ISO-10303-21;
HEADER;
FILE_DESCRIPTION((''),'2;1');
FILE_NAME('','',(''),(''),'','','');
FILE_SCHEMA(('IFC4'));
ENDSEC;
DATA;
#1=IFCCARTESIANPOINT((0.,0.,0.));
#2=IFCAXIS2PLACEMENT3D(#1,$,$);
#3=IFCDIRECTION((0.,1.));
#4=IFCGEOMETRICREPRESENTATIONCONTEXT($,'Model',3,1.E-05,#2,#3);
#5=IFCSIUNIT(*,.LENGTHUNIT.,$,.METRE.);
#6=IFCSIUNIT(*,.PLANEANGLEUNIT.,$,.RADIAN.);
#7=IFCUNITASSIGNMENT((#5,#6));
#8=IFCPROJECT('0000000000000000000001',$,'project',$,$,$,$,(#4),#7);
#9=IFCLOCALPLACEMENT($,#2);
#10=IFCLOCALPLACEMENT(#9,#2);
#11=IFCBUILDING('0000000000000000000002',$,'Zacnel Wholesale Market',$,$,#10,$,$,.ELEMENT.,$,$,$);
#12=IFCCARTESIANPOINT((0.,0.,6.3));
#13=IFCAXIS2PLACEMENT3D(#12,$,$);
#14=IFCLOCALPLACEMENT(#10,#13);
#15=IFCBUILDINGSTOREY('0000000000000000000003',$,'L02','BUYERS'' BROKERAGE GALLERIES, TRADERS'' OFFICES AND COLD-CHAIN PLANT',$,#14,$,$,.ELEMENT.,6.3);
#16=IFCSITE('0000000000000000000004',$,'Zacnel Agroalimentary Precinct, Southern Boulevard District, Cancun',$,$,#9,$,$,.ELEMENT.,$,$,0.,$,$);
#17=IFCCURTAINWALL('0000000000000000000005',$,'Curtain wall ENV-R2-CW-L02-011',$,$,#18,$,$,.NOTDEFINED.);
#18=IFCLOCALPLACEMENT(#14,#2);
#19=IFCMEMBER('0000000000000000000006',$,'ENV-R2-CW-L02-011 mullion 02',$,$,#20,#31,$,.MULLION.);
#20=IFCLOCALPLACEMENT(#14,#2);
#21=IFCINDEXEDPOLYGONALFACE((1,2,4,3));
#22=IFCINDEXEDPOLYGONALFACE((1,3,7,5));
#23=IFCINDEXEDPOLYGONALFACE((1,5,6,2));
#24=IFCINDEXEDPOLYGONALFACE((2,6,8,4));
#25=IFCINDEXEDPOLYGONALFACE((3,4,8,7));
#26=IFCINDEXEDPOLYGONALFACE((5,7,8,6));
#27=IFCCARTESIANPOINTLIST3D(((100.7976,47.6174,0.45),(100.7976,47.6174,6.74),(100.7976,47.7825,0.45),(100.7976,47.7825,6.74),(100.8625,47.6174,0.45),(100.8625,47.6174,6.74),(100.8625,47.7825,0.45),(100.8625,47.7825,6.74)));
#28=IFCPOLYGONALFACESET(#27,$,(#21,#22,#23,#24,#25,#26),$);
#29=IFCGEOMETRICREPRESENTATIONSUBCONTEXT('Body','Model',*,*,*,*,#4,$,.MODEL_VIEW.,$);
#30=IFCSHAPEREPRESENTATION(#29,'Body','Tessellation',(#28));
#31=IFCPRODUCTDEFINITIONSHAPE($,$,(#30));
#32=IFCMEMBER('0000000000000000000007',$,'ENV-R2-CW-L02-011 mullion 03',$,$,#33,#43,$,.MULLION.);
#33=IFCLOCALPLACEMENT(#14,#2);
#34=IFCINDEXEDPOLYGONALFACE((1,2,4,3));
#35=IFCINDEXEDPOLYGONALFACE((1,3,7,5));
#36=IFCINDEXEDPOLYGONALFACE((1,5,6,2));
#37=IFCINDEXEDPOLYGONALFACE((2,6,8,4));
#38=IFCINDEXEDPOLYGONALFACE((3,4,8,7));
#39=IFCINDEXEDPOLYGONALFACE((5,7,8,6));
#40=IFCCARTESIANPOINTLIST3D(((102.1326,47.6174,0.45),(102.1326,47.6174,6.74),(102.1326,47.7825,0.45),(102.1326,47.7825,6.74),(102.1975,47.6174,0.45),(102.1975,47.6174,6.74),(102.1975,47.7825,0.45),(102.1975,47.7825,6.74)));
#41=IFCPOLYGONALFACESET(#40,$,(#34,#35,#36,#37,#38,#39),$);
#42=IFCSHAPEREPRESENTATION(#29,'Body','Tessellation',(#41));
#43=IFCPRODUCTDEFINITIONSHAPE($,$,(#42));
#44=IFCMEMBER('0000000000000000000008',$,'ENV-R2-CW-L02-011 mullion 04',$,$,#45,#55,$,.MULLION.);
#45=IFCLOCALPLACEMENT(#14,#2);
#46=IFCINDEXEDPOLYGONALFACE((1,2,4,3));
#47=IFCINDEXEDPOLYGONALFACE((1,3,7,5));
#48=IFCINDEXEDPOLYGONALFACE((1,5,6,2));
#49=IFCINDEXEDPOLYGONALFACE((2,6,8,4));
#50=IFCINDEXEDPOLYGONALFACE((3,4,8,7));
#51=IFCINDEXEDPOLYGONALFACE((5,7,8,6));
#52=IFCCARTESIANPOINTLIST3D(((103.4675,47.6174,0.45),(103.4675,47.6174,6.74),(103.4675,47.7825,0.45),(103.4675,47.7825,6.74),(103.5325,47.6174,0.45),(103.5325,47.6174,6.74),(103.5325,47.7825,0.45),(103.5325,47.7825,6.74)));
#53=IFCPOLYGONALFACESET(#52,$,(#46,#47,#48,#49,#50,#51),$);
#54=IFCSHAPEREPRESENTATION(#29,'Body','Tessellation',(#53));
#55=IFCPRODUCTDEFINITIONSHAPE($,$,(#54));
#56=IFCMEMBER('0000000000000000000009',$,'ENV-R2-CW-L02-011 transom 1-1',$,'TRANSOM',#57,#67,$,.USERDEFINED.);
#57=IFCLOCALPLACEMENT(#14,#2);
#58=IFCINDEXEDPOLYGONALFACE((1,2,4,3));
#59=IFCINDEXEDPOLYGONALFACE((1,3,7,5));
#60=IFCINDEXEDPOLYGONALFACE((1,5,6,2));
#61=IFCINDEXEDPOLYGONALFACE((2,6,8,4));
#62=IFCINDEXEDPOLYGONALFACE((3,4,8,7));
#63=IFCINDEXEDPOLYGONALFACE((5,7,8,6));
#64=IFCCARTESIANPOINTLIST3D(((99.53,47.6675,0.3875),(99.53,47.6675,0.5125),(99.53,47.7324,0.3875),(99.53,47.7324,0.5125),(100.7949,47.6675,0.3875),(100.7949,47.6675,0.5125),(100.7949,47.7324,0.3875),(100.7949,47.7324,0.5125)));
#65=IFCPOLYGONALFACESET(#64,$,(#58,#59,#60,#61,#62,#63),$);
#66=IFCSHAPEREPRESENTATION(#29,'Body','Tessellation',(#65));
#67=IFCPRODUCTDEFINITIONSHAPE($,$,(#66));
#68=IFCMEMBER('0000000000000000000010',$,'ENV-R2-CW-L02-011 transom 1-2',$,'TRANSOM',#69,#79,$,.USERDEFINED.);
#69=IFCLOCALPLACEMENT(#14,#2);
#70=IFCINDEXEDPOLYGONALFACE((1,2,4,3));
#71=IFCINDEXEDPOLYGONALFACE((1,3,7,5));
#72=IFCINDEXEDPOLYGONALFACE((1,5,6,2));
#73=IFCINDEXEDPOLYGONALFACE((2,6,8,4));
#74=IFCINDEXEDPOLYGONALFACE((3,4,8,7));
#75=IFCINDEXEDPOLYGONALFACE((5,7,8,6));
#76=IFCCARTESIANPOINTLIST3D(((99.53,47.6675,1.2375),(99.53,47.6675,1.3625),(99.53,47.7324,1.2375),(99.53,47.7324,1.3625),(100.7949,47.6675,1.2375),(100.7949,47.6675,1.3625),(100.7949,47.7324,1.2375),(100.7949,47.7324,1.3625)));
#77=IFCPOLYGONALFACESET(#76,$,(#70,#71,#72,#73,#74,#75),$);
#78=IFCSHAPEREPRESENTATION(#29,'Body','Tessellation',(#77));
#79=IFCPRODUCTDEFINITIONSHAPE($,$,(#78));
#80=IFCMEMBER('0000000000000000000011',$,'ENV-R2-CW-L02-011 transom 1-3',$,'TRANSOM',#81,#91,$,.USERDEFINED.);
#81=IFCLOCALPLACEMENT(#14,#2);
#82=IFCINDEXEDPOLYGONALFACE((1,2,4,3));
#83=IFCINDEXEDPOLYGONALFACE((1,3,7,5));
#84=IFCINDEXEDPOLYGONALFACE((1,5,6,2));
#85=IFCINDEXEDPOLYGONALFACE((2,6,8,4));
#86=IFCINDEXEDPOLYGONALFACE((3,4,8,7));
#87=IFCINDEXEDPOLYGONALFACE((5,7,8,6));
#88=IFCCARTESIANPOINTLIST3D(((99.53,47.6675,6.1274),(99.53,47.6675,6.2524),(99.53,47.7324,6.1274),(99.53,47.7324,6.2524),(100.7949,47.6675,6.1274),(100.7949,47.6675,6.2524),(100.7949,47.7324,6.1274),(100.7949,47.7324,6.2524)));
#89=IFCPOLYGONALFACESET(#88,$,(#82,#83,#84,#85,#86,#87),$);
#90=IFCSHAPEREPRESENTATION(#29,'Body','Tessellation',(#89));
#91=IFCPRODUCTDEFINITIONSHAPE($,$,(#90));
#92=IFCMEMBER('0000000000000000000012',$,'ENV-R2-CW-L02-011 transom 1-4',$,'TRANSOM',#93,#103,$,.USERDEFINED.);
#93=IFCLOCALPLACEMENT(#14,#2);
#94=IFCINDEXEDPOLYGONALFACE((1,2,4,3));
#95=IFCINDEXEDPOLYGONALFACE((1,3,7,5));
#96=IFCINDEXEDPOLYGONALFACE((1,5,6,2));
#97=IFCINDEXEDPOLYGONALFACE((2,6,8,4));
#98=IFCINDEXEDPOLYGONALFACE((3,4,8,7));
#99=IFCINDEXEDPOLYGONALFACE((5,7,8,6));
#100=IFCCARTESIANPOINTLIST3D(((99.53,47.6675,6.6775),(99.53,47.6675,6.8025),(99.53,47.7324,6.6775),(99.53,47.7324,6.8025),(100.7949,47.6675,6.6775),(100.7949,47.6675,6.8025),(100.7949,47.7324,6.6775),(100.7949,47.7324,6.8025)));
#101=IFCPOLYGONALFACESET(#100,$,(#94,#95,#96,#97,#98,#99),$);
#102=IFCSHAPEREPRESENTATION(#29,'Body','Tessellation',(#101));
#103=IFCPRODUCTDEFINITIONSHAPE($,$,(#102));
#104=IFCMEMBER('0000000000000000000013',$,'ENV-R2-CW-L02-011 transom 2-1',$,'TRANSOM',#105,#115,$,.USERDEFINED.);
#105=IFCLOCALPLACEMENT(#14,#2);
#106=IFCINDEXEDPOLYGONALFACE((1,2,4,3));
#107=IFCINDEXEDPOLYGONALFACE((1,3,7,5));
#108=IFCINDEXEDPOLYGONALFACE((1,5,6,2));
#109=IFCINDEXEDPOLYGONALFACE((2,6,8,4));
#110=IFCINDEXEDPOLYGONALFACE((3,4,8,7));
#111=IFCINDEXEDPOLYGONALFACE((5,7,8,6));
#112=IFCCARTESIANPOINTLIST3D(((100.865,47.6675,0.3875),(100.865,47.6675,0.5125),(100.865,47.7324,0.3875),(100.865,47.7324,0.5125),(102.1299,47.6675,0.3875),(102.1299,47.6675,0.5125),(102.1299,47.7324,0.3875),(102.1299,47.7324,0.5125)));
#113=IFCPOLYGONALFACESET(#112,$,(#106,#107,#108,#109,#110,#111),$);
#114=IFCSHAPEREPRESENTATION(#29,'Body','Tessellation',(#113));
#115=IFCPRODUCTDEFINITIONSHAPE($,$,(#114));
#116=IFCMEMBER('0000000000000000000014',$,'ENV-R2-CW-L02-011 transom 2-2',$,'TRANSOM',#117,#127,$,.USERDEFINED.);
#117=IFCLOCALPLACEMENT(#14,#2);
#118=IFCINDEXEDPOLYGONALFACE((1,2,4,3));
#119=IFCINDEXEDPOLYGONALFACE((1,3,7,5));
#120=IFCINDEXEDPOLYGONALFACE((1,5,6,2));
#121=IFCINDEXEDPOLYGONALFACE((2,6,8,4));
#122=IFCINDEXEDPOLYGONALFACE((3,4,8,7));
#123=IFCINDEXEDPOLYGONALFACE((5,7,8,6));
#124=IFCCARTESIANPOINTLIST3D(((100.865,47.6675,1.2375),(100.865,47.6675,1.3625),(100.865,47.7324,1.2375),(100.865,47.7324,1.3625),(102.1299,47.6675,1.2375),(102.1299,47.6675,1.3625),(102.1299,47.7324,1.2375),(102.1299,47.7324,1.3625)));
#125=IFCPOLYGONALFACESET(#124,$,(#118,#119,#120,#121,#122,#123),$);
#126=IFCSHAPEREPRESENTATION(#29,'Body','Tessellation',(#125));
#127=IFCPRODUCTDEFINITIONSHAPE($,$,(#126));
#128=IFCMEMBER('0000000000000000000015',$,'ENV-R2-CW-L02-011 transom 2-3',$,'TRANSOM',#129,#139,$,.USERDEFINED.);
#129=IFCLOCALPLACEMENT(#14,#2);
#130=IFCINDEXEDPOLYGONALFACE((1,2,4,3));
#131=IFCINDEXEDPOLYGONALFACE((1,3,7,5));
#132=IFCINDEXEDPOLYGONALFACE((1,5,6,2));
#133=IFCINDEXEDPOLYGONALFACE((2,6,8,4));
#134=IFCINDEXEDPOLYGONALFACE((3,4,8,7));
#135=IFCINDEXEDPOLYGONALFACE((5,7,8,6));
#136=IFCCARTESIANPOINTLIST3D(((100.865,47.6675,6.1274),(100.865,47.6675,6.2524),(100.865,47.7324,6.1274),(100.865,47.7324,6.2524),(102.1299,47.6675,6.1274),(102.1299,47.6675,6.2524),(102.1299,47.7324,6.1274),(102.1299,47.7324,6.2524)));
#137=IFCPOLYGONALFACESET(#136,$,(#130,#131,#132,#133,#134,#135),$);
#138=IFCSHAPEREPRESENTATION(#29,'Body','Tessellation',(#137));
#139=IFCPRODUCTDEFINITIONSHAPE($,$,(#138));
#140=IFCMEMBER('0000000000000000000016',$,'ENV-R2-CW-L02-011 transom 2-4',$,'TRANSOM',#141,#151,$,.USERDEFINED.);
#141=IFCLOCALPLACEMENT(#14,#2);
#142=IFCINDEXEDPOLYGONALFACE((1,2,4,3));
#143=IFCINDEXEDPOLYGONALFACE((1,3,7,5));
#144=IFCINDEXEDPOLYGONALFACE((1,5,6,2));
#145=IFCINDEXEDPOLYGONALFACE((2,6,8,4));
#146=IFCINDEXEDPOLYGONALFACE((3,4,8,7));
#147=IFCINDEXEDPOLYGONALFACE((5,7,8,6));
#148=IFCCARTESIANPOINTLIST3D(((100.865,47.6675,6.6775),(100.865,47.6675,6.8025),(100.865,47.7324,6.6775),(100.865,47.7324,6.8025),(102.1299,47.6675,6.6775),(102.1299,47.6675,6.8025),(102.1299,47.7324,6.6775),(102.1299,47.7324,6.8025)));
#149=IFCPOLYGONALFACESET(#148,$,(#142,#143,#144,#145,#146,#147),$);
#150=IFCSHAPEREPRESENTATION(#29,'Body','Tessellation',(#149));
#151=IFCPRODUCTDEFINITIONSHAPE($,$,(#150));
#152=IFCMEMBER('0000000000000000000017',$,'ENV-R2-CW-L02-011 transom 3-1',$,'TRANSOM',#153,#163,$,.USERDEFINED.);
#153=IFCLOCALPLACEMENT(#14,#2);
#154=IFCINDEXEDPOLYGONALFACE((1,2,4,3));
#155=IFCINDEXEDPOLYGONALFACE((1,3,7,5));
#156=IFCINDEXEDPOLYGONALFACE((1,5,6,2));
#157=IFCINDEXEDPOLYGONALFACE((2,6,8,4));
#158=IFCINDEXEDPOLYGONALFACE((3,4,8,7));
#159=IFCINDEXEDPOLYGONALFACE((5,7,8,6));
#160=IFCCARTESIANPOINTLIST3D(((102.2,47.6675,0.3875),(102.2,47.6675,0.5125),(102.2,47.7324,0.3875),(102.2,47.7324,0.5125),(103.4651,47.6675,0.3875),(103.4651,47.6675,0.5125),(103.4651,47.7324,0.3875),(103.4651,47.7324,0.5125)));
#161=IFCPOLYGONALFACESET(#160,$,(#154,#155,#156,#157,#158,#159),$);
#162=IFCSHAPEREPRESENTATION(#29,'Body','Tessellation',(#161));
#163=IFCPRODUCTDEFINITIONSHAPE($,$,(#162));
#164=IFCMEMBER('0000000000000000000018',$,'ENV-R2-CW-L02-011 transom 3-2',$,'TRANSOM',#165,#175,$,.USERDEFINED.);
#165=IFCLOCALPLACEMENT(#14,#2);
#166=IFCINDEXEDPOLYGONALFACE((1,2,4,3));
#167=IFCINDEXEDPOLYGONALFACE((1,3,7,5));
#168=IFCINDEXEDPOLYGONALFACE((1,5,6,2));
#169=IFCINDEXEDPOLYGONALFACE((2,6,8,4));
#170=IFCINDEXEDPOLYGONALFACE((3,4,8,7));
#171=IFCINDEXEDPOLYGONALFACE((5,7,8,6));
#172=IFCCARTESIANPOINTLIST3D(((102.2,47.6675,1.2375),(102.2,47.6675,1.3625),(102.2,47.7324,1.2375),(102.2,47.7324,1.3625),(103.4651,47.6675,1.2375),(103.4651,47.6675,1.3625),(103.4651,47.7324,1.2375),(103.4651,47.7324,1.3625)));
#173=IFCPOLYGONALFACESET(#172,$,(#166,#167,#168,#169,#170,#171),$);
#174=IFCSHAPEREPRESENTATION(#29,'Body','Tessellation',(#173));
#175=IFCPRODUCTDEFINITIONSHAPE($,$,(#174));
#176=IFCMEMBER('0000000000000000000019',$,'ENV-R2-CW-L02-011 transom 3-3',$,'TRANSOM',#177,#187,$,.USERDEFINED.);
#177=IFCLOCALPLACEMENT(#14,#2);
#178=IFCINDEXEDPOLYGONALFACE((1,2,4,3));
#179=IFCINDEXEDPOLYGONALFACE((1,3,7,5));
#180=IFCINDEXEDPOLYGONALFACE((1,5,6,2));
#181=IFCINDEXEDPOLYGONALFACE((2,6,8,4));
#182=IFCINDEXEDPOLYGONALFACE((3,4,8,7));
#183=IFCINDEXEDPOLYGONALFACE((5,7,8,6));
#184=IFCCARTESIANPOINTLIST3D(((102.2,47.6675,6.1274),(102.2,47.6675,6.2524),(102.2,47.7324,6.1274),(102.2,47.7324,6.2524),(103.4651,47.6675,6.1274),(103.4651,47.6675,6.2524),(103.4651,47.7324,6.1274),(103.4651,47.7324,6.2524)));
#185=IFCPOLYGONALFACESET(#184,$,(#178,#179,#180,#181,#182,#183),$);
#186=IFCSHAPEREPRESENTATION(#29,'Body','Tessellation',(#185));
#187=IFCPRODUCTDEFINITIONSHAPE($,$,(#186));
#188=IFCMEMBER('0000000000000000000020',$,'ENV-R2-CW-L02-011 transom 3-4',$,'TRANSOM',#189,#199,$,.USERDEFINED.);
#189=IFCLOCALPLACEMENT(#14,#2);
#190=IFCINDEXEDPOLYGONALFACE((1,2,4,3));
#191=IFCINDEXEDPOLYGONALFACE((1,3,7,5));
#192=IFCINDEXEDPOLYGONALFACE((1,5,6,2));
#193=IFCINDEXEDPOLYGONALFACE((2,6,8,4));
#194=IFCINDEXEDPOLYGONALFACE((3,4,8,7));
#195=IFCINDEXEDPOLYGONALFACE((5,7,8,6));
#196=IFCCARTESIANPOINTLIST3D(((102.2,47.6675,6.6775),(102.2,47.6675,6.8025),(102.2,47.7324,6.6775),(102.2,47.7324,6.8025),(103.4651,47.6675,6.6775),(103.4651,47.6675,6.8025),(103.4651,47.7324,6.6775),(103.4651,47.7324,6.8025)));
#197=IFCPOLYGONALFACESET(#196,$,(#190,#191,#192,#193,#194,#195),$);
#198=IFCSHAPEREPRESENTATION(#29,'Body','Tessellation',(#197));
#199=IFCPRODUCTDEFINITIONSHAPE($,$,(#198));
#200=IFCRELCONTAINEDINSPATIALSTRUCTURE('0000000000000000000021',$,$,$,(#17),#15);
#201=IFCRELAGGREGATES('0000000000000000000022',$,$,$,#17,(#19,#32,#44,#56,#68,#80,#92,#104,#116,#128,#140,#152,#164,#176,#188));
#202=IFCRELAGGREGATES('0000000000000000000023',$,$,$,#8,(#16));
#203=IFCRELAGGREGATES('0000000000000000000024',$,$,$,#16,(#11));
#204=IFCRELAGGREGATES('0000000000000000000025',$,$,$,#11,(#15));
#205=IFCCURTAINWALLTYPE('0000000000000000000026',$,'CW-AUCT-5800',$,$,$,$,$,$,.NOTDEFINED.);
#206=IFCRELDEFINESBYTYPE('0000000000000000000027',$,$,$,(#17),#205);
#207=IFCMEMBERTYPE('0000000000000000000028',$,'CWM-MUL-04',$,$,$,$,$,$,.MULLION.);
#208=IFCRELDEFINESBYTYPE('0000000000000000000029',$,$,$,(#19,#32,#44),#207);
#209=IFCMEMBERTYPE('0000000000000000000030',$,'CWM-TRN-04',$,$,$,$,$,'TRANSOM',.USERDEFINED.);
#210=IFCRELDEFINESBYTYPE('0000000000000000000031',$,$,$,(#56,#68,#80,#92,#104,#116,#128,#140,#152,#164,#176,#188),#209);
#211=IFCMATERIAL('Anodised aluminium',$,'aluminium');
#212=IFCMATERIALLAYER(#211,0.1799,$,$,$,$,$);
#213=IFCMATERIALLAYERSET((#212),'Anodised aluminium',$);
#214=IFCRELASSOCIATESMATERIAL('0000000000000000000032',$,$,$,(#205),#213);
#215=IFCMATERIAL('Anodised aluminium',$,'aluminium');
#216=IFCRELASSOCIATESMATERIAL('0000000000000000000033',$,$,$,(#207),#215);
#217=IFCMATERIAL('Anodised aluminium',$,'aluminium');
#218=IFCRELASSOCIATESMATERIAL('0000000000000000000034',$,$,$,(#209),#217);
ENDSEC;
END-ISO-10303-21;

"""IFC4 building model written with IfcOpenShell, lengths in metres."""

from ifc_helpers import new_model, si_unit, direction, frame, origin, origin_2d, place, context, subcontext, project, spatial, rectangle, extrude, material, layer, layer_set, material_profile, profile_set, type_object, element, aggregate, save


model = new_model("IFC4")

# Units and contexts
model_context = context("Model", 3, precision=1e-05, world=origin(), true_north=direction((0.0, 1.0)))
body_context = subcontext(model_context, "Body", "Model", "MODEL_VIEW")
ifc_project = project(units=[si_unit("LENGTHUNIT", "METRE"), si_unit("PLANEANGLEUNIT", "RADIAN")], contexts=[model_context])

# Site, building, storey
site_placement = place(None, origin())
site = spatial("IfcSite", under=ifc_project, at=site_placement, Name="Zacnel Agroalimentary Precinct, Southern Boulevard District, Cancun", CompositionType="ELEMENT", RefElevation=0.0)
building_placement = place(site_placement, origin())
building = spatial("IfcBuilding", under=site, at=building_placement, Name="Zacnel Wholesale Market", CompositionType="ELEMENT")
storey_placement = place(building_placement, frame((0.0, 0.0, 6.3)))
storey = spatial("IfcBuildingStorey", under=building, at=storey_placement, Name="L02", Description="BUYERS' BROKERAGE GALLERIES, TRADERS' OFFICES AND COLD-CHAIN PLANT", CompositionType="ELEMENT", Elevation=6.3)

# Curtain wall, members
ifc_material_1 = material(Name="Anodised aluminium", Category="aluminium")
ifc_layer_1 = layer(ifc_material_1, 0.1799)
ifc_layer_set_1 = layer_set([ifc_layer_1], Name="Anodised aluminium")
curtain_wall_type = type_object("IfcCurtainWallType", Name="CW-AUCT-5800", PredefinedType="NOTDEFINED", material=ifc_layer_set_1)
curtain_wall_placement = place(storey_placement, origin())
curtain_wall = element("IfcCurtainWall", 1, at=curtain_wall_placement, inside=storey, type_object=curtain_wall_type, Name="Curtain wall ENV-R2-CW-L02-011", PredefinedType="NOTDEFINED")
ifc_material_2 = material(Name="Anodised aluminium", Category="aluminium")
ifc_material_profile_1 = material_profile(ifc_material_2, rectangle(XDim=0.0649, YDim=0.165, at=origin_2d()), Name="AW-MULLION 65x165")
ifc_profile_set_1 = profile_set([ifc_material_profile_1], Name="Anodised aluminium")
member_type_1 = type_object("IfcMemberType", Name="CWM-MUL-04", PredefinedType="MULLION", material=ifc_profile_set_1)
member_1_placement = place(storey_placement, frame((100.8301, 47.7, 0.45), z_axis=(0.0, 0.0, 1.0), x_axis=(1.0, 0.0, 0.0)))
member_1 = element("IfcMember", 2, at=member_1_placement, type_object=member_type_1, Name="ENV-R2-CW-L02-011 mullion 02", PredefinedType="MULLION", context=body_context, shape_type="SweptSolid", body=[
    extrude(rectangle(XDim=0.0649, YDim=0.165, at=origin_2d()), origin(), (0.0, 0.0, 1.0), 6.29),
])
member_2_placement = place(storey_placement, frame((102.165, 47.7, 0.45), z_axis=(0.0, 0.0, 1.0), x_axis=(1.0, 0.0, 0.0)))
member_2 = element("IfcMember", 3, at=member_2_placement, type_object=member_type_1, Name="ENV-R2-CW-L02-011 mullion 03", PredefinedType="MULLION", context=body_context, shape_type="SweptSolid", body=[
    extrude(rectangle(XDim=0.0649, YDim=0.165, at=origin_2d()), origin(), (0.0, 0.0, 1.0), 6.29),
])
member_3_placement = place(storey_placement, frame((103.5, 47.7, 0.45), z_axis=(0.0, 0.0, 1.0), x_axis=(1.0, 0.0, 0.0)))
member_3 = element("IfcMember", 4, at=member_3_placement, type_object=member_type_1, Name="ENV-R2-CW-L02-011 mullion 04", PredefinedType="MULLION", context=body_context, shape_type="SweptSolid", body=[
    extrude(rectangle(XDim=0.0649, YDim=0.165, at=origin_2d()), origin(), (0.0, 0.0, 1.0), 6.29),
])
ifc_material_3 = material(Name="Anodised aluminium", Category="aluminium")
ifc_material_profile_2 = material_profile(ifc_material_3, rectangle(XDim=0.0649, YDim=0.125, at=origin_2d()), Name="AW-TRANSOM 65x125")
ifc_profile_set_2 = profile_set([ifc_material_profile_2], Name="Anodised aluminium")
member_type_2 = type_object("IfcMemberType", Name="CWM-TRN-04", ElementType="TRANSOM", PredefinedType="USERDEFINED", material=ifc_profile_set_2)
member_4_placement = place(storey_placement, frame((99.53, 47.7, 0.45), z_axis=(1.0, 0.0, 0.0), x_axis=(0.0, 1.0, 0.0)))
member_4 = element("IfcMember", 5, at=member_4_placement, type_object=member_type_2, Name="ENV-R2-CW-L02-011 transom 1-1", ObjectType="TRANSOM", PredefinedType="USERDEFINED", context=body_context, shape_type="SweptSolid", body=[
    extrude(rectangle(XDim=0.0649, YDim=0.125, at=origin_2d()), origin(), (0.0, 0.0, 1.0), 1.2649),
])
member_5_placement = place(storey_placement, frame((99.53, 47.7, 1.3), z_axis=(1.0, 0.0, 0.0), x_axis=(0.0, 1.0, 0.0)))
member_5 = element("IfcMember", 6, at=member_5_placement, type_object=member_type_2, Name="ENV-R2-CW-L02-011 transom 1-2", ObjectType="TRANSOM", PredefinedType="USERDEFINED", context=body_context, shape_type="SweptSolid", body=[
    extrude(rectangle(XDim=0.0649, YDim=0.125, at=origin_2d()), origin(), (0.0, 0.0, 1.0), 1.2649),
])
member_6_placement = place(storey_placement, frame((99.53, 47.7, 6.1899), z_axis=(1.0, 0.0, 0.0), x_axis=(0.0, 1.0, 0.0)))
member_6 = element("IfcMember", 7, at=member_6_placement, type_object=member_type_2, Name="ENV-R2-CW-L02-011 transom 1-3", ObjectType="TRANSOM", PredefinedType="USERDEFINED", context=body_context, shape_type="SweptSolid", body=[
    extrude(rectangle(XDim=0.0649, YDim=0.125, at=origin_2d()), origin(), (0.0, 0.0, 1.0), 1.2649),
])
member_7_placement = place(storey_placement, frame((99.53, 47.7, 6.74), z_axis=(1.0, 0.0, 0.0), x_axis=(0.0, 1.0, 0.0)))
member_7 = element("IfcMember", 8, at=member_7_placement, type_object=member_type_2, Name="ENV-R2-CW-L02-011 transom 1-4", ObjectType="TRANSOM", PredefinedType="USERDEFINED", context=body_context, shape_type="SweptSolid", body=[
    extrude(rectangle(XDim=0.0649, YDim=0.125, at=origin_2d()), origin(), (0.0, 0.0, 1.0), 1.2649),
])
member_8_placement = place(storey_placement, frame((100.865, 47.7, 0.45), z_axis=(1.0, 0.0, 0.0), x_axis=(0.0, 1.0, 0.0)))
member_8 = element("IfcMember", 9, at=member_8_placement, type_object=member_type_2, Name="ENV-R2-CW-L02-011 transom 2-1", ObjectType="TRANSOM", PredefinedType="USERDEFINED", context=body_context, shape_type="SweptSolid", body=[
    extrude(rectangle(XDim=0.0649, YDim=0.125, at=origin_2d()), origin(), (0.0, 0.0, 1.0), 1.2649),
])
member_9_placement = place(storey_placement, frame((100.865, 47.7, 1.3), z_axis=(1.0, 0.0, 0.0), x_axis=(0.0, 1.0, 0.0)))
member_9 = element("IfcMember", 10, at=member_9_placement, type_object=member_type_2, Name="ENV-R2-CW-L02-011 transom 2-2", ObjectType="TRANSOM", PredefinedType="USERDEFINED", context=body_context, shape_type="SweptSolid", body=[
    extrude(rectangle(XDim=0.0649, YDim=0.125, at=origin_2d()), origin(), (0.0, 0.0, 1.0), 1.2649),
])
member_10_placement = place(storey_placement, frame((100.865, 47.7, 6.1899), z_axis=(1.0, 0.0, 0.0), x_axis=(0.0, 1.0, 0.0)))
member_10 = element("IfcMember", 11, at=member_10_placement, type_object=member_type_2, Name="ENV-R2-CW-L02-011 transom 2-3", ObjectType="TRANSOM", PredefinedType="USERDEFINED", context=body_context, shape_type="SweptSolid", body=[
    extrude(rectangle(XDim=0.0649, YDim=0.125, at=origin_2d()), origin(), (0.0, 0.0, 1.0), 1.2649),
])
member_11_placement = place(storey_placement, frame((100.865, 47.7, 6.74), z_axis=(1.0, 0.0, 0.0), x_axis=(0.0, 1.0, 0.0)))
member_11 = element("IfcMember", 12, at=member_11_placement, type_object=member_type_2, Name="ENV-R2-CW-L02-011 transom 2-4", ObjectType="TRANSOM", PredefinedType="USERDEFINED", context=body_context, shape_type="SweptSolid", body=[
    extrude(rectangle(XDim=0.0649, YDim=0.125, at=origin_2d()), origin(), (0.0, 0.0, 1.0), 1.2649),
])
member_12_placement = place(storey_placement, frame((102.2, 47.7, 0.45), z_axis=(1.0, 0.0, 0.0), x_axis=(0.0, 1.0, 0.0)))
member_12 = element("IfcMember", 13, at=member_12_placement, type_object=member_type_2, Name="ENV-R2-CW-L02-011 transom 3-1", ObjectType="TRANSOM", PredefinedType="USERDEFINED", context=body_context, shape_type="SweptSolid", body=[
    extrude(rectangle(XDim=0.0649, YDim=0.125, at=origin_2d()), origin(), (0.0, 0.0, 1.0), 1.2651),
])
member_13_placement = place(storey_placement, frame((102.2, 47.7, 1.3), z_axis=(1.0, 0.0, 0.0), x_axis=(0.0, 1.0, 0.0)))
member_13 = element("IfcMember", 14, at=member_13_placement, type_object=member_type_2, Name="ENV-R2-CW-L02-011 transom 3-2", ObjectType="TRANSOM", PredefinedType="USERDEFINED", context=body_context, shape_type="SweptSolid", body=[
    extrude(rectangle(XDim=0.0649, YDim=0.125, at=origin_2d()), origin(), (0.0, 0.0, 1.0), 1.2651),
])
member_14_placement = place(storey_placement, frame((102.2, 47.7, 6.1899), z_axis=(1.0, 0.0, 0.0), x_axis=(0.0, 1.0, 0.0)))
member_14 = element("IfcMember", 15, at=member_14_placement, type_object=member_type_2, Name="ENV-R2-CW-L02-011 transom 3-3", ObjectType="TRANSOM", PredefinedType="USERDEFINED", context=body_context, shape_type="SweptSolid", body=[
    extrude(rectangle(XDim=0.0649, YDim=0.125, at=origin_2d()), origin(), (0.0, 0.0, 1.0), 1.2651),
])
member_15_placement = place(storey_placement, frame((102.2, 47.7, 6.74), z_axis=(1.0, 0.0, 0.0), x_axis=(0.0, 1.0, 0.0)))
member_15 = element("IfcMember", 16, at=member_15_placement, type_object=member_type_2, Name="ENV-R2-CW-L02-011 transom 3-4", ObjectType="TRANSOM", PredefinedType="USERDEFINED", context=body_context, shape_type="SweptSolid", body=[
    extrude(rectangle(XDim=0.0649, YDim=0.125, at=origin_2d()), origin(), (0.0, 0.0, 1.0), 1.2651),
])
aggregate(curtain_wall, [member_1, member_2, member_3, member_4, member_5, member_6, member_7, member_8, member_9, member_10, member_11, member_12, member_13, member_14, member_15])

save(model, "model.ifc")
